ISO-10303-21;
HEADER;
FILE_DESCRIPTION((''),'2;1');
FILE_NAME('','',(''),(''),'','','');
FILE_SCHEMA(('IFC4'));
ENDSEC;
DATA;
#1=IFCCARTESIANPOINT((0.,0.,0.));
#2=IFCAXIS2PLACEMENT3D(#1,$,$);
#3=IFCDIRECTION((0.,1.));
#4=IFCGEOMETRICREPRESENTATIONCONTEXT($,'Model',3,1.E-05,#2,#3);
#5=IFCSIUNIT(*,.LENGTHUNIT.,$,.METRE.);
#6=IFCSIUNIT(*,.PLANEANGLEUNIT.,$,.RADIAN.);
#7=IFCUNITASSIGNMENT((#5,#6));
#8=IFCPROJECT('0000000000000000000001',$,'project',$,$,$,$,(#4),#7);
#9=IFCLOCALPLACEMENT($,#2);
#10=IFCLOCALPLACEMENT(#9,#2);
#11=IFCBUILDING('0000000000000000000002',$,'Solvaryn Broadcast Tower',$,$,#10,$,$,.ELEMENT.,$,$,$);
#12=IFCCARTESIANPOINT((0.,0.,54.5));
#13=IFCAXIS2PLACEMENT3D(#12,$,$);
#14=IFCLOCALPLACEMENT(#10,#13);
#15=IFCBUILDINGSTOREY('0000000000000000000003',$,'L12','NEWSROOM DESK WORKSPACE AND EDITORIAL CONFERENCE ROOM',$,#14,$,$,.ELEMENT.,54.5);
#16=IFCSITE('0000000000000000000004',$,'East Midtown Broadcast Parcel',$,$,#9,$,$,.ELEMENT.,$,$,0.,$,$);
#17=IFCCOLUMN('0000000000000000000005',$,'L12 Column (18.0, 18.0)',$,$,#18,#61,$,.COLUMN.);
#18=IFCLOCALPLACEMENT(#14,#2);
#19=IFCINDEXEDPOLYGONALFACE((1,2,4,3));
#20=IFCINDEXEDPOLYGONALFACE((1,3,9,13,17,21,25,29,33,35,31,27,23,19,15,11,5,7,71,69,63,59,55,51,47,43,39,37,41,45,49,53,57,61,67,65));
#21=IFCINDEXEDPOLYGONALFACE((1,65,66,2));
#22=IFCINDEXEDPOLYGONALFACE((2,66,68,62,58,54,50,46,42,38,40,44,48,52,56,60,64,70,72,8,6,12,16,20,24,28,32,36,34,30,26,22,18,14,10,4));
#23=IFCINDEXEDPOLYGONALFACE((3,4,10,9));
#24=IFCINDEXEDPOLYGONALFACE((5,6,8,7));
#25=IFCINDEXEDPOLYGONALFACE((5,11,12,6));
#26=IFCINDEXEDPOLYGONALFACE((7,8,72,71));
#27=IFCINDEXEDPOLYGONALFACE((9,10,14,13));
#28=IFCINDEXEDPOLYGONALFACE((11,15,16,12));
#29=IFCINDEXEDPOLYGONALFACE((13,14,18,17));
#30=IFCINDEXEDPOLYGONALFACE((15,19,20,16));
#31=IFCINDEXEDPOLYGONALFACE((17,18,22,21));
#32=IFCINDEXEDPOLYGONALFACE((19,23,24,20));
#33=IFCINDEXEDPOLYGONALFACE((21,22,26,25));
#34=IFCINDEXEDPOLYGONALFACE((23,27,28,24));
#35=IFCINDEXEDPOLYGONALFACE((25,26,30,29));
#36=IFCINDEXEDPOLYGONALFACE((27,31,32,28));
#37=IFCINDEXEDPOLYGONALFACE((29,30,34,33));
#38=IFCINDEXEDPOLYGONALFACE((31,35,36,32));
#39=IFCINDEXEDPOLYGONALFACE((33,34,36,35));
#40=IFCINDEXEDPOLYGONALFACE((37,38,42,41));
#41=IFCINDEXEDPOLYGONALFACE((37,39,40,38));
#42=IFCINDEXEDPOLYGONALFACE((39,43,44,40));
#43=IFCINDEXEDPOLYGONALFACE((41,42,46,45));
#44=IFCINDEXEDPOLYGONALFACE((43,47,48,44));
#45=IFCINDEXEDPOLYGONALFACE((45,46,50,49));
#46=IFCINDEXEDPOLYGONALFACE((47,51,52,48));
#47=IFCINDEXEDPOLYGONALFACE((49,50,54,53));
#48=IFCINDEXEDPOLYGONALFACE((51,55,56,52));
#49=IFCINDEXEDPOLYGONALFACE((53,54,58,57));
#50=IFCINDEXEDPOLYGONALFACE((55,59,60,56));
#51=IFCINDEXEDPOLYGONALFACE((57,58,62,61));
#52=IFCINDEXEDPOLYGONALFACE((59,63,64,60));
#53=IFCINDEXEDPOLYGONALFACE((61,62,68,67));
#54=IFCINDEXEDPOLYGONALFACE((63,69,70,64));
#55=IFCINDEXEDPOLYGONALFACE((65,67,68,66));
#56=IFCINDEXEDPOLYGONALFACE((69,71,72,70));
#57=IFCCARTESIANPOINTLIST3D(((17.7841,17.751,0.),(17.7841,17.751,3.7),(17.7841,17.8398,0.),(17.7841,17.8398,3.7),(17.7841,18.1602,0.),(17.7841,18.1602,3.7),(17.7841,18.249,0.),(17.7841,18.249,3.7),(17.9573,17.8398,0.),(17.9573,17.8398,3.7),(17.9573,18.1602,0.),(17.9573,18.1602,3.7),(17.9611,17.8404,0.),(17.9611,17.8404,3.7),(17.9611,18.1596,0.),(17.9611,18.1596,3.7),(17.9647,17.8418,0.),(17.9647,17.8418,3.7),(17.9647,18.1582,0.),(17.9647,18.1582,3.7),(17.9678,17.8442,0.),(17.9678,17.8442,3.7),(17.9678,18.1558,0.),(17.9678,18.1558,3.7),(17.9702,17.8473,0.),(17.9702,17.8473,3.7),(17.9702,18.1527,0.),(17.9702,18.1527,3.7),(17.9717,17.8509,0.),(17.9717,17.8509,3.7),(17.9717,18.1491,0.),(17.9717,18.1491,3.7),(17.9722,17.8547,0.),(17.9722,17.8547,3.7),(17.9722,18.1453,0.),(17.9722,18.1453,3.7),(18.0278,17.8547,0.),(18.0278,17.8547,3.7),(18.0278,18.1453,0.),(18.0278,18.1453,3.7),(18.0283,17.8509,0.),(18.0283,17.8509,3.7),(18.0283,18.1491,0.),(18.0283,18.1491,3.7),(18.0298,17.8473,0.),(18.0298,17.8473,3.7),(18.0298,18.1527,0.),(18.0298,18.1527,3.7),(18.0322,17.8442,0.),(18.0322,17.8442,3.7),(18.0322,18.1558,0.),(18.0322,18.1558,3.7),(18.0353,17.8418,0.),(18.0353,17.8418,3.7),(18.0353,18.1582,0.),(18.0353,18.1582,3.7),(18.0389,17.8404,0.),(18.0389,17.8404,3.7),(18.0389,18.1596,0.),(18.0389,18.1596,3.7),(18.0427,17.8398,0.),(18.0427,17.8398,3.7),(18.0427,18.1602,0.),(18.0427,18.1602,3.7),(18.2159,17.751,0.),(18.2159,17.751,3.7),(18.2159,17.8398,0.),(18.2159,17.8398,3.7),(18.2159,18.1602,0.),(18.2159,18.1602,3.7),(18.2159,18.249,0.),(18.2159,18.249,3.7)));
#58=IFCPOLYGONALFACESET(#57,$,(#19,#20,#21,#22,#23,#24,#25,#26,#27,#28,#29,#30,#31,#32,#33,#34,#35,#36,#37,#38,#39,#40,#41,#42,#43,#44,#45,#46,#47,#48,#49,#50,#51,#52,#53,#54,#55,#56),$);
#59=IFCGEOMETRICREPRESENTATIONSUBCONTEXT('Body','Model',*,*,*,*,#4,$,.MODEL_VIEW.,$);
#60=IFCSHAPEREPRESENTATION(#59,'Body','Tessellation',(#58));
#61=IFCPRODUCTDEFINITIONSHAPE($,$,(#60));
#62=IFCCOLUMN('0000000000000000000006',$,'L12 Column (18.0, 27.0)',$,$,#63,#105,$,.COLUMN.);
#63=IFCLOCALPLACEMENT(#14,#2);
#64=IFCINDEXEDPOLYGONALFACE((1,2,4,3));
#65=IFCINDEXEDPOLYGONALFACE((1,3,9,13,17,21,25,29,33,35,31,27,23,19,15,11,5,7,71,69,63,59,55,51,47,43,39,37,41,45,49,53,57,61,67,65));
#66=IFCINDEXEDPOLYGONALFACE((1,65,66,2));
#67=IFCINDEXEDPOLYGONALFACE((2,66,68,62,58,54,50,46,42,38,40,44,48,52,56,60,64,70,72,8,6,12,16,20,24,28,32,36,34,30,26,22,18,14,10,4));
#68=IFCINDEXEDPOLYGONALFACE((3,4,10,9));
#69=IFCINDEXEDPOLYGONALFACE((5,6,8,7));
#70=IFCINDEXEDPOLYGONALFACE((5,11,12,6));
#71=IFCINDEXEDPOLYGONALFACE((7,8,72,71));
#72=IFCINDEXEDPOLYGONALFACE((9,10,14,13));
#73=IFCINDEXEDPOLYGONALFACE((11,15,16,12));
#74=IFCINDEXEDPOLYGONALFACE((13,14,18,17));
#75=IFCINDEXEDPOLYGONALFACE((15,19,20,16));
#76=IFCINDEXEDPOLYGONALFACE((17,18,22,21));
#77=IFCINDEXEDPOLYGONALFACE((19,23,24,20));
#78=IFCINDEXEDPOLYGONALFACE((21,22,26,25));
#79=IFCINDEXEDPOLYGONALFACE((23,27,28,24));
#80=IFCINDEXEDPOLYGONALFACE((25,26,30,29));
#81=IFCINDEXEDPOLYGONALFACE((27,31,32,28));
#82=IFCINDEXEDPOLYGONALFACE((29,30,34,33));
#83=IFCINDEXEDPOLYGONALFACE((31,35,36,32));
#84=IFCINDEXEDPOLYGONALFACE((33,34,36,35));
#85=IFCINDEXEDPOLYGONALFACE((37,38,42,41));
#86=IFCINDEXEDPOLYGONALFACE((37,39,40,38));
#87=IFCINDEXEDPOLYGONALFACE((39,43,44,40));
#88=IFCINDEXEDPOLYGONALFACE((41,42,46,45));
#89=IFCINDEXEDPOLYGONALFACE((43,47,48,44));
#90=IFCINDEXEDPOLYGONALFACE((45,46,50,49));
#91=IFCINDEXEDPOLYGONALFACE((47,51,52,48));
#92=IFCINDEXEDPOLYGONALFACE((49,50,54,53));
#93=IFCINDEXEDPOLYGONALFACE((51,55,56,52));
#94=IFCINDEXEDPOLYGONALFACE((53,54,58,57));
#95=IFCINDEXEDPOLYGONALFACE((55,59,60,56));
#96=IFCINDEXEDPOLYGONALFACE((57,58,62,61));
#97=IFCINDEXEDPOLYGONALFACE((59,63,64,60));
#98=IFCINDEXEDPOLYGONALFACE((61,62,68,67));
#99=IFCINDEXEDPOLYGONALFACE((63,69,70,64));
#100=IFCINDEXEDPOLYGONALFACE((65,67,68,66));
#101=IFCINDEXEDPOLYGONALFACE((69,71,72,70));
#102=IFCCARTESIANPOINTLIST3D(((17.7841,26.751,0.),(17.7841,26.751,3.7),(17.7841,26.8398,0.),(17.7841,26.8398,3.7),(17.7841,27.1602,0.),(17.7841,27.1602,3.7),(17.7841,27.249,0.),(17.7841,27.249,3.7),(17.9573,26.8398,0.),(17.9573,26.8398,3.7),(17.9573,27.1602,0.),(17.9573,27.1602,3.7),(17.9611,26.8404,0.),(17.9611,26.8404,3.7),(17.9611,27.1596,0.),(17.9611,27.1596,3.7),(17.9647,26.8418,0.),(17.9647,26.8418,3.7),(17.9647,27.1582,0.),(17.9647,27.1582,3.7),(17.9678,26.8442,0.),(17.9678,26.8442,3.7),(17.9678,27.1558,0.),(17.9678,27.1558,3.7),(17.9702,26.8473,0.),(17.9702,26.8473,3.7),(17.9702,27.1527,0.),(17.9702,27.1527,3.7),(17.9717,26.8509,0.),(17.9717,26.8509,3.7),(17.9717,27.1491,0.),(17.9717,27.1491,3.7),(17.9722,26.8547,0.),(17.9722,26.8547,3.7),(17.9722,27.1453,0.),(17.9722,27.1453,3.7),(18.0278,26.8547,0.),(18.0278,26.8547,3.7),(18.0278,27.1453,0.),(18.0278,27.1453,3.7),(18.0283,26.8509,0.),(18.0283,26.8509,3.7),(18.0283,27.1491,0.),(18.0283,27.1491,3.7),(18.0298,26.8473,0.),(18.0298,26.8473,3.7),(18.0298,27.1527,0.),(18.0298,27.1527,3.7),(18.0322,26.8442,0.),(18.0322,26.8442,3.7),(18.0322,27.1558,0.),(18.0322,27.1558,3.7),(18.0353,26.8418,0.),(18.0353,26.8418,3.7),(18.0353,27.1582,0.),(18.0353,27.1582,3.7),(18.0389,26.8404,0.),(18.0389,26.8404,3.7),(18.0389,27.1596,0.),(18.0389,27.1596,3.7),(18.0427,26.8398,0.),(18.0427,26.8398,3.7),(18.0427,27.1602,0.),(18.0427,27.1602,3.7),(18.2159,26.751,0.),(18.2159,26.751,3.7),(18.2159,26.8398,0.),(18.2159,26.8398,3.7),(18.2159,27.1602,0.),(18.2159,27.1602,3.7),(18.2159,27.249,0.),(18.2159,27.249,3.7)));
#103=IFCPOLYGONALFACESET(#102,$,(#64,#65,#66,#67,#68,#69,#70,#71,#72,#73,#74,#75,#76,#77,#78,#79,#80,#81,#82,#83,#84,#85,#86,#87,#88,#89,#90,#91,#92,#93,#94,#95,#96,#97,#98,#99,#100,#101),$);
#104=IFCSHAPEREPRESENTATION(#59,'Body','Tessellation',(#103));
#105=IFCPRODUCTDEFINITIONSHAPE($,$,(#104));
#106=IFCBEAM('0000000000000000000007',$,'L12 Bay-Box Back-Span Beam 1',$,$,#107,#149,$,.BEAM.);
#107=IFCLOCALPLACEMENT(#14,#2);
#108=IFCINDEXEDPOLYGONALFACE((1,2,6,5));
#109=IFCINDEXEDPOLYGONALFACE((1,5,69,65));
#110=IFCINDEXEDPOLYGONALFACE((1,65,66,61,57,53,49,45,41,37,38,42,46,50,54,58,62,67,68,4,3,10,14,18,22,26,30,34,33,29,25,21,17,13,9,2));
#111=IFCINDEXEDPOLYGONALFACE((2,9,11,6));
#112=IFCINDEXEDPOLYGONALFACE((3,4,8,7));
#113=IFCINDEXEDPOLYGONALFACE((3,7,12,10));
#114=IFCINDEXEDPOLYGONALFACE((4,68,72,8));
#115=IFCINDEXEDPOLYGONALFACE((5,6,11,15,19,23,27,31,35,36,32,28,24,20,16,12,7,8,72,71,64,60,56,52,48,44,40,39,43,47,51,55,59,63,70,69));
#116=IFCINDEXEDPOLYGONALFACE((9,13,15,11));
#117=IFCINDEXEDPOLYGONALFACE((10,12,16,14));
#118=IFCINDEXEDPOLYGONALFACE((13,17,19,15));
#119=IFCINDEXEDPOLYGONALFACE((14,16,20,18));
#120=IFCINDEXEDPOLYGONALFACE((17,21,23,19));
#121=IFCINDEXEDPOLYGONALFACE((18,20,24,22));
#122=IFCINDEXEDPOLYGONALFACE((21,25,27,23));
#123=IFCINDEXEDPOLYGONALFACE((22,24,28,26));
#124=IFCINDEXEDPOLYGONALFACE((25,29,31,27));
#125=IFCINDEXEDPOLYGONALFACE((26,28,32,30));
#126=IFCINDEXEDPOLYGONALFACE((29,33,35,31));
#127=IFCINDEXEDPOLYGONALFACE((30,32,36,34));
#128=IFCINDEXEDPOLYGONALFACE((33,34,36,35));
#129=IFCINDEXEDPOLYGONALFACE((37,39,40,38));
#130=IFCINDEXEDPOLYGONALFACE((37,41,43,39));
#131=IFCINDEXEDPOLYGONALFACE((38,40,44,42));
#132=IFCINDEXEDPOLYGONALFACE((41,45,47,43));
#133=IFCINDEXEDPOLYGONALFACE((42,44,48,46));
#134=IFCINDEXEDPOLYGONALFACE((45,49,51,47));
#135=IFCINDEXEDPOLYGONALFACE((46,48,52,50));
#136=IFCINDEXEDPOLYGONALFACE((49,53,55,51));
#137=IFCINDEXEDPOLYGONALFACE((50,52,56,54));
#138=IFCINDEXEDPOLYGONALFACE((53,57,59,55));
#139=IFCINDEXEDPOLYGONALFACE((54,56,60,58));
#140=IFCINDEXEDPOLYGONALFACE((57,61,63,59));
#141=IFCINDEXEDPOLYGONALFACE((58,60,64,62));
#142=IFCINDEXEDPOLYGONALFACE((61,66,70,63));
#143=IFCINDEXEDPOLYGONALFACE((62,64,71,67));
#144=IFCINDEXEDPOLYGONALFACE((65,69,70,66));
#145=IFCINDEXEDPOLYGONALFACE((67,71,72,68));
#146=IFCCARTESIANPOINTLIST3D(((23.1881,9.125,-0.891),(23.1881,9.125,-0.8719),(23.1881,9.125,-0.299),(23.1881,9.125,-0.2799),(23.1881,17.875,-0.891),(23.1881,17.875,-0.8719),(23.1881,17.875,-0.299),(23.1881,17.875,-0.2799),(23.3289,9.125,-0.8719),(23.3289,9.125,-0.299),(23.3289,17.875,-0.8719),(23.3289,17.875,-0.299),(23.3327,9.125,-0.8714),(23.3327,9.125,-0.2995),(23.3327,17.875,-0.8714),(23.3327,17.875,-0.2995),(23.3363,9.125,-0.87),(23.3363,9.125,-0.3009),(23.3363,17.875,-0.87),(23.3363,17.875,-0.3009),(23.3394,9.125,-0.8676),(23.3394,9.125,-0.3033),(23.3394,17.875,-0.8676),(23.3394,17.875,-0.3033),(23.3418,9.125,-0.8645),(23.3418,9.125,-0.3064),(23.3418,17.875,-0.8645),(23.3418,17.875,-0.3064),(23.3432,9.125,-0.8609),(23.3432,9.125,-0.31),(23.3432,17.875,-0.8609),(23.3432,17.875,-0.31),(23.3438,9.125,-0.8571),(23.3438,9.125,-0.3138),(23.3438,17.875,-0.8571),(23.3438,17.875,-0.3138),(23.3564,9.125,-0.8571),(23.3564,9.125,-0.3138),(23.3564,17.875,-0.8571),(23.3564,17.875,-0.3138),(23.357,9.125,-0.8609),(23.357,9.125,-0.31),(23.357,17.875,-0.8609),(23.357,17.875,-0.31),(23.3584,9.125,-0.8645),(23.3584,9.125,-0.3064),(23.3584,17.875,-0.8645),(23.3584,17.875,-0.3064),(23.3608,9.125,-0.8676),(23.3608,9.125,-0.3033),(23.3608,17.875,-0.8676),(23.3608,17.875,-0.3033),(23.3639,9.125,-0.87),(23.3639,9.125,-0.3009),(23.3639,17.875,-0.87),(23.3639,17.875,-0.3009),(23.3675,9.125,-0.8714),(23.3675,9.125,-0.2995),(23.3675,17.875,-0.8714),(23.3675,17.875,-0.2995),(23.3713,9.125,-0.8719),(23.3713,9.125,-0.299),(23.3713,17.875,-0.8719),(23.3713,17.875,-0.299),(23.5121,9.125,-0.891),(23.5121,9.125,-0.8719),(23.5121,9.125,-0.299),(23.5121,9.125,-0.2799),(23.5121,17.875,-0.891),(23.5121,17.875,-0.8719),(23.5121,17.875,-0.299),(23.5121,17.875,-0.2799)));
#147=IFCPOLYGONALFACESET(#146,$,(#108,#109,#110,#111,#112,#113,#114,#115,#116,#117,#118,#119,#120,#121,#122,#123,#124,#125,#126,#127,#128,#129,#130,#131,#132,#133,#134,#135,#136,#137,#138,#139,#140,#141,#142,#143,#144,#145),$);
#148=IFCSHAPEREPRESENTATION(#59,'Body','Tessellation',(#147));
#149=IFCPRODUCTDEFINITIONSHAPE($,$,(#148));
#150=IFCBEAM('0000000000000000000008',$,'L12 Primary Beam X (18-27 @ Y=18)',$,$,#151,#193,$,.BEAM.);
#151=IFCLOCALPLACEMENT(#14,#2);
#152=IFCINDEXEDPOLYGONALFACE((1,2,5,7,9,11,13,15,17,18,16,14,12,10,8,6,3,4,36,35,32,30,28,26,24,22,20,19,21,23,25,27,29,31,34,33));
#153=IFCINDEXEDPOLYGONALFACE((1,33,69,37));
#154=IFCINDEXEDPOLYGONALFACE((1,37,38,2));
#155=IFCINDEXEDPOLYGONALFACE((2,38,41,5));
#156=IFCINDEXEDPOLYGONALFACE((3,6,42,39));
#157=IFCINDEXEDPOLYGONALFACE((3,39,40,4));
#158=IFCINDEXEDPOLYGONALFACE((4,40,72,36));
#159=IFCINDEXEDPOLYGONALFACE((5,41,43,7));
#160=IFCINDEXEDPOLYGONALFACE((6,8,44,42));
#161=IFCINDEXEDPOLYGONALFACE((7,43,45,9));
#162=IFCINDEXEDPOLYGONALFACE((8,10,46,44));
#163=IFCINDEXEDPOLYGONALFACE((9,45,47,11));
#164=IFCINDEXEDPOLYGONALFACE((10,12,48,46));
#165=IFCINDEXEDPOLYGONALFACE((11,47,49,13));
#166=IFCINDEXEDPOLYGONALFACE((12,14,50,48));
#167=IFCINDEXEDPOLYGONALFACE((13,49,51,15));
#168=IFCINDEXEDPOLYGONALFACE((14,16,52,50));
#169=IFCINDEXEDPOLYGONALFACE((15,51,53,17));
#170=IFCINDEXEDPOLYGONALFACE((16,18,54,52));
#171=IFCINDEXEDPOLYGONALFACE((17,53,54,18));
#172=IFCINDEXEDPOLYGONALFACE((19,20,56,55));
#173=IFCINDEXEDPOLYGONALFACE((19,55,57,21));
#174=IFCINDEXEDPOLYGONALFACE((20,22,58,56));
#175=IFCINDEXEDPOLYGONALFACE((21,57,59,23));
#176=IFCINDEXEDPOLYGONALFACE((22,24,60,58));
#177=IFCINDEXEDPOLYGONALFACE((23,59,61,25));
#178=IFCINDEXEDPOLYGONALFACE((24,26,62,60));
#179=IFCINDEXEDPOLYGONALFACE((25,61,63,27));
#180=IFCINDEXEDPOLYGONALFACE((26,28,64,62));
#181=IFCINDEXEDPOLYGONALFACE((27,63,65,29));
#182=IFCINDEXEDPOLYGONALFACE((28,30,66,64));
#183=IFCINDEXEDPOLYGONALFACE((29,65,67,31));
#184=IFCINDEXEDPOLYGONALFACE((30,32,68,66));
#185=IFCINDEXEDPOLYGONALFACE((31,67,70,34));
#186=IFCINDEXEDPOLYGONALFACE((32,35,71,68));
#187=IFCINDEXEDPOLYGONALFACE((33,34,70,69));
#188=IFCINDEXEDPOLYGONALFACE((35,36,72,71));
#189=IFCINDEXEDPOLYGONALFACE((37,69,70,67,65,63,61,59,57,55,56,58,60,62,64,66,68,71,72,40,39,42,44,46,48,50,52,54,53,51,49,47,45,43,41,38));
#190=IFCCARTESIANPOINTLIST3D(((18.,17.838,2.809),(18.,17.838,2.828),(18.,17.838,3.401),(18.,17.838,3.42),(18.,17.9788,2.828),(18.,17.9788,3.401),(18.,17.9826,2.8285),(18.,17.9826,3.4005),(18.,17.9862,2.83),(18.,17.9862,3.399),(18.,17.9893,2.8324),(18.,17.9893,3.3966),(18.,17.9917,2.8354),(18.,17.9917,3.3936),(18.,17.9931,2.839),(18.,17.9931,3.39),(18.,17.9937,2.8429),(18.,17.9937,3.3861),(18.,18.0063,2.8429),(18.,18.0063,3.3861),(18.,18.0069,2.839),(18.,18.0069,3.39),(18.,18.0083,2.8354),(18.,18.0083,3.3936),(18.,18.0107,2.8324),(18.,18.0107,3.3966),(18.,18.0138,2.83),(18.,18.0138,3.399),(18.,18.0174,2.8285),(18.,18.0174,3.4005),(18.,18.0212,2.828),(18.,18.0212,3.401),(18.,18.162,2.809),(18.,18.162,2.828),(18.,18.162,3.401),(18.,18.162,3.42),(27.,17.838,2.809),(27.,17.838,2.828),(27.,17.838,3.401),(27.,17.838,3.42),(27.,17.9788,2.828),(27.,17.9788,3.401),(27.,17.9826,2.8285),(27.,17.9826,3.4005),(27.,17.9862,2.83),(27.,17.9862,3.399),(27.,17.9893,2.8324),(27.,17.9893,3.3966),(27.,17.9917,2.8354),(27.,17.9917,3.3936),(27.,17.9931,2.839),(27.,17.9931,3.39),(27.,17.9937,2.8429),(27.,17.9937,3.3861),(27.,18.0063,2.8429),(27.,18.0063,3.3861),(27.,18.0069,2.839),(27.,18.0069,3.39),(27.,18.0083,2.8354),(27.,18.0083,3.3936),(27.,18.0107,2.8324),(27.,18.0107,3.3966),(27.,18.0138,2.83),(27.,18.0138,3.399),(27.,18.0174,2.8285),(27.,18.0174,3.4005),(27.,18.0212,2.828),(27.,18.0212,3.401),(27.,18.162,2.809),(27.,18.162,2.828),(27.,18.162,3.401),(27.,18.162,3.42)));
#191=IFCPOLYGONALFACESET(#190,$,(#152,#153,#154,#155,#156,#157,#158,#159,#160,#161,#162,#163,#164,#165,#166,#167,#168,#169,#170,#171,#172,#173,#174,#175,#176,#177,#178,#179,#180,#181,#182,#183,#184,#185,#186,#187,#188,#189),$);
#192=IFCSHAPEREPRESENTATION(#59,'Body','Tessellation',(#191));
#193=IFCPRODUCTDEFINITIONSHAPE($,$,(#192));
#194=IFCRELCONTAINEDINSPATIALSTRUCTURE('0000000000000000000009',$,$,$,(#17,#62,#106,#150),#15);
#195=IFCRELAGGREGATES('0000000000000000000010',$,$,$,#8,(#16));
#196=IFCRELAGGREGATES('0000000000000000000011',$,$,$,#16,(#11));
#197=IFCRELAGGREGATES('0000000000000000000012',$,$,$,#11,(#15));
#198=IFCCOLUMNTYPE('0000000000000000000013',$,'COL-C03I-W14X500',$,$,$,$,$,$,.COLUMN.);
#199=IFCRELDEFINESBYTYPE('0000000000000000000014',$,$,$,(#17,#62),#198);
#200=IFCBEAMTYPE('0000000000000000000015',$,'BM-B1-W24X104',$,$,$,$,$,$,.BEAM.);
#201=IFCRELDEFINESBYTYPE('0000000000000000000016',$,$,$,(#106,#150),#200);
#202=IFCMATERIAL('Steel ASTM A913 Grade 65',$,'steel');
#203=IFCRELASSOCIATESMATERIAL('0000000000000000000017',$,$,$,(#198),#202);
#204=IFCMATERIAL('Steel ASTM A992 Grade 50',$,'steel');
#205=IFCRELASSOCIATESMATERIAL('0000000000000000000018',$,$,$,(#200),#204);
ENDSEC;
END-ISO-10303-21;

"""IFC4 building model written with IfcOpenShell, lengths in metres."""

from ifc_helpers import new_model, si_unit, direction, frame, origin, origin_2d, place, context, subcontext, project, spatial, i_section, extrude, material, material_profile, profile_set, type_object, element, save


model = new_model("IFC4")

# Units and contexts
model_context = context("Model", 3, precision=1e-05, world=origin(), true_north=direction((0.0, 1.0)))
body_context = subcontext(model_context, "Body", "Model", "MODEL_VIEW")
ifc_project = project(units=[si_unit("LENGTHUNIT", "METRE"), si_unit("PLANEANGLEUNIT", "RADIAN")], contexts=[model_context])

# Site, building, storey
site_placement = place(None, origin())
site = spatial("IfcSite", under=ifc_project, at=site_placement, Name="East Midtown Broadcast Parcel", CompositionType="ELEMENT", RefElevation=0.0)
building_placement = place(site_placement, origin())
building = spatial("IfcBuilding", under=site, at=building_placement, Name="Solvaryn Broadcast Tower", CompositionType="ELEMENT")
storey_placement = place(building_placement, frame((0.0, 0.0, 54.5)))
storey = spatial("IfcBuildingStorey", under=building, at=storey_placement, Name="L12", Description="NEWSROOM DESK WORKSPACE AND EDITORIAL CONFERENCE ROOM", CompositionType="ELEMENT", Elevation=54.5)

# Columns
ifc_material_1 = material(Name="Steel ASTM A913 Grade 65", Category="steel")
ifc_material_profile_1 = material_profile(ifc_material_1, i_section(OverallWidth=0.4319, OverallDepth=0.498, WebThickness=0.0557, FlangeThickness=0.0889, FilletRadius=0.0149, at=origin_2d()))
ifc_profile_set_1 = profile_set([ifc_material_profile_1], Name="Steel ASTM A913 Grade 65")
column_type = type_object("IfcColumnType", Name="COL-C03I-W14X500", PredefinedType="COLUMN", material=ifc_profile_set_1)
for number, where, z_axis, x_axis, name in (
    (1, (18.0, 18.0, 0.0), (0.0, 0.0, 1.0), (1.0, 0.0, 0.0), "L12 Column (18.0, 18.0)"),
    (2, (18.0, 27.0, 0.0), (0.0, 0.0, 1.0), (1.0, 0.0, 0.0), "L12 Column (18.0, 27.0)"),
):
    element("IfcColumn", number, at=place(storey_placement, frame(where, z_axis=z_axis, x_axis=x_axis)), inside=storey, type_object=column_type, Name=name, PredefinedType="COLUMN", context=body_context, shape_type="SweptSolid", body=[
        extrude(i_section(OverallWidth=0.4319, OverallDepth=0.498, WebThickness=0.0557, FlangeThickness=0.0889, FilletRadius=0.0149, at=origin_2d()), origin(), (0.0, 0.0, 1.0), 3.7),
    ])

# Beams
ifc_material_2 = material(Name="Steel ASTM A992 Grade 50", Category="steel")
ifc_material_profile_2 = material_profile(ifc_material_2, i_section(OverallWidth=0.324, OverallDepth=0.6111, WebThickness=0.0127, FlangeThickness=0.019, FilletRadius=0.0149, at=origin_2d()))
ifc_profile_set_2 = profile_set([ifc_material_profile_2], Name="Steel ASTM A992 Grade 50")
beam_type_1 = type_object("IfcBeamType", Name="BM-B1-W24X104", PredefinedType="BEAM", material=ifc_profile_set_2)
beam_1_placement = place(storey_placement, frame((23.3501, 17.875, -0.5854), z_axis=(0.0, -1.0, 0.0), x_axis=(1.0, 0.0, 0.0)))
element("IfcBeam", 3, at=beam_1_placement, inside=storey, type_object=beam_type_1, Name="L12 Bay-Box Back-Span Beam 1", PredefinedType="BEAM", context=body_context, shape_type="SweptSolid", body=[
    extrude(i_section(OverallWidth=0.324, OverallDepth=0.6111, WebThickness=0.0127, FlangeThickness=0.019, FilletRadius=0.0149, at=origin_2d()), origin(), (0.0, 0.0, 1.0), 8.75),
])
for number, where, z_axis, x_axis, name in (
    (4, (18.0, 18.0, 3.1145), (1.0, 0.0, 0.0), (0.0, 1.0, 0.0), "L12 Primary Beam X (18-27 @ Y=18)"),
):
    element("IfcBeam", number, at=place(storey_placement, frame(where, z_axis=z_axis, x_axis=x_axis)), inside=storey, type_object=beam_type_1, Name=name, PredefinedType="BEAM", context=body_context, shape_type="SweptSolid", body=[
        extrude(i_section(OverallWidth=0.324, OverallDepth=0.6111, WebThickness=0.0127, FlangeThickness=0.019, FilletRadius=0.0149, at=origin_2d()), origin(), (0.0, 0.0, 1.0), 9.0),
    ])

save(model, "model.ifc")
